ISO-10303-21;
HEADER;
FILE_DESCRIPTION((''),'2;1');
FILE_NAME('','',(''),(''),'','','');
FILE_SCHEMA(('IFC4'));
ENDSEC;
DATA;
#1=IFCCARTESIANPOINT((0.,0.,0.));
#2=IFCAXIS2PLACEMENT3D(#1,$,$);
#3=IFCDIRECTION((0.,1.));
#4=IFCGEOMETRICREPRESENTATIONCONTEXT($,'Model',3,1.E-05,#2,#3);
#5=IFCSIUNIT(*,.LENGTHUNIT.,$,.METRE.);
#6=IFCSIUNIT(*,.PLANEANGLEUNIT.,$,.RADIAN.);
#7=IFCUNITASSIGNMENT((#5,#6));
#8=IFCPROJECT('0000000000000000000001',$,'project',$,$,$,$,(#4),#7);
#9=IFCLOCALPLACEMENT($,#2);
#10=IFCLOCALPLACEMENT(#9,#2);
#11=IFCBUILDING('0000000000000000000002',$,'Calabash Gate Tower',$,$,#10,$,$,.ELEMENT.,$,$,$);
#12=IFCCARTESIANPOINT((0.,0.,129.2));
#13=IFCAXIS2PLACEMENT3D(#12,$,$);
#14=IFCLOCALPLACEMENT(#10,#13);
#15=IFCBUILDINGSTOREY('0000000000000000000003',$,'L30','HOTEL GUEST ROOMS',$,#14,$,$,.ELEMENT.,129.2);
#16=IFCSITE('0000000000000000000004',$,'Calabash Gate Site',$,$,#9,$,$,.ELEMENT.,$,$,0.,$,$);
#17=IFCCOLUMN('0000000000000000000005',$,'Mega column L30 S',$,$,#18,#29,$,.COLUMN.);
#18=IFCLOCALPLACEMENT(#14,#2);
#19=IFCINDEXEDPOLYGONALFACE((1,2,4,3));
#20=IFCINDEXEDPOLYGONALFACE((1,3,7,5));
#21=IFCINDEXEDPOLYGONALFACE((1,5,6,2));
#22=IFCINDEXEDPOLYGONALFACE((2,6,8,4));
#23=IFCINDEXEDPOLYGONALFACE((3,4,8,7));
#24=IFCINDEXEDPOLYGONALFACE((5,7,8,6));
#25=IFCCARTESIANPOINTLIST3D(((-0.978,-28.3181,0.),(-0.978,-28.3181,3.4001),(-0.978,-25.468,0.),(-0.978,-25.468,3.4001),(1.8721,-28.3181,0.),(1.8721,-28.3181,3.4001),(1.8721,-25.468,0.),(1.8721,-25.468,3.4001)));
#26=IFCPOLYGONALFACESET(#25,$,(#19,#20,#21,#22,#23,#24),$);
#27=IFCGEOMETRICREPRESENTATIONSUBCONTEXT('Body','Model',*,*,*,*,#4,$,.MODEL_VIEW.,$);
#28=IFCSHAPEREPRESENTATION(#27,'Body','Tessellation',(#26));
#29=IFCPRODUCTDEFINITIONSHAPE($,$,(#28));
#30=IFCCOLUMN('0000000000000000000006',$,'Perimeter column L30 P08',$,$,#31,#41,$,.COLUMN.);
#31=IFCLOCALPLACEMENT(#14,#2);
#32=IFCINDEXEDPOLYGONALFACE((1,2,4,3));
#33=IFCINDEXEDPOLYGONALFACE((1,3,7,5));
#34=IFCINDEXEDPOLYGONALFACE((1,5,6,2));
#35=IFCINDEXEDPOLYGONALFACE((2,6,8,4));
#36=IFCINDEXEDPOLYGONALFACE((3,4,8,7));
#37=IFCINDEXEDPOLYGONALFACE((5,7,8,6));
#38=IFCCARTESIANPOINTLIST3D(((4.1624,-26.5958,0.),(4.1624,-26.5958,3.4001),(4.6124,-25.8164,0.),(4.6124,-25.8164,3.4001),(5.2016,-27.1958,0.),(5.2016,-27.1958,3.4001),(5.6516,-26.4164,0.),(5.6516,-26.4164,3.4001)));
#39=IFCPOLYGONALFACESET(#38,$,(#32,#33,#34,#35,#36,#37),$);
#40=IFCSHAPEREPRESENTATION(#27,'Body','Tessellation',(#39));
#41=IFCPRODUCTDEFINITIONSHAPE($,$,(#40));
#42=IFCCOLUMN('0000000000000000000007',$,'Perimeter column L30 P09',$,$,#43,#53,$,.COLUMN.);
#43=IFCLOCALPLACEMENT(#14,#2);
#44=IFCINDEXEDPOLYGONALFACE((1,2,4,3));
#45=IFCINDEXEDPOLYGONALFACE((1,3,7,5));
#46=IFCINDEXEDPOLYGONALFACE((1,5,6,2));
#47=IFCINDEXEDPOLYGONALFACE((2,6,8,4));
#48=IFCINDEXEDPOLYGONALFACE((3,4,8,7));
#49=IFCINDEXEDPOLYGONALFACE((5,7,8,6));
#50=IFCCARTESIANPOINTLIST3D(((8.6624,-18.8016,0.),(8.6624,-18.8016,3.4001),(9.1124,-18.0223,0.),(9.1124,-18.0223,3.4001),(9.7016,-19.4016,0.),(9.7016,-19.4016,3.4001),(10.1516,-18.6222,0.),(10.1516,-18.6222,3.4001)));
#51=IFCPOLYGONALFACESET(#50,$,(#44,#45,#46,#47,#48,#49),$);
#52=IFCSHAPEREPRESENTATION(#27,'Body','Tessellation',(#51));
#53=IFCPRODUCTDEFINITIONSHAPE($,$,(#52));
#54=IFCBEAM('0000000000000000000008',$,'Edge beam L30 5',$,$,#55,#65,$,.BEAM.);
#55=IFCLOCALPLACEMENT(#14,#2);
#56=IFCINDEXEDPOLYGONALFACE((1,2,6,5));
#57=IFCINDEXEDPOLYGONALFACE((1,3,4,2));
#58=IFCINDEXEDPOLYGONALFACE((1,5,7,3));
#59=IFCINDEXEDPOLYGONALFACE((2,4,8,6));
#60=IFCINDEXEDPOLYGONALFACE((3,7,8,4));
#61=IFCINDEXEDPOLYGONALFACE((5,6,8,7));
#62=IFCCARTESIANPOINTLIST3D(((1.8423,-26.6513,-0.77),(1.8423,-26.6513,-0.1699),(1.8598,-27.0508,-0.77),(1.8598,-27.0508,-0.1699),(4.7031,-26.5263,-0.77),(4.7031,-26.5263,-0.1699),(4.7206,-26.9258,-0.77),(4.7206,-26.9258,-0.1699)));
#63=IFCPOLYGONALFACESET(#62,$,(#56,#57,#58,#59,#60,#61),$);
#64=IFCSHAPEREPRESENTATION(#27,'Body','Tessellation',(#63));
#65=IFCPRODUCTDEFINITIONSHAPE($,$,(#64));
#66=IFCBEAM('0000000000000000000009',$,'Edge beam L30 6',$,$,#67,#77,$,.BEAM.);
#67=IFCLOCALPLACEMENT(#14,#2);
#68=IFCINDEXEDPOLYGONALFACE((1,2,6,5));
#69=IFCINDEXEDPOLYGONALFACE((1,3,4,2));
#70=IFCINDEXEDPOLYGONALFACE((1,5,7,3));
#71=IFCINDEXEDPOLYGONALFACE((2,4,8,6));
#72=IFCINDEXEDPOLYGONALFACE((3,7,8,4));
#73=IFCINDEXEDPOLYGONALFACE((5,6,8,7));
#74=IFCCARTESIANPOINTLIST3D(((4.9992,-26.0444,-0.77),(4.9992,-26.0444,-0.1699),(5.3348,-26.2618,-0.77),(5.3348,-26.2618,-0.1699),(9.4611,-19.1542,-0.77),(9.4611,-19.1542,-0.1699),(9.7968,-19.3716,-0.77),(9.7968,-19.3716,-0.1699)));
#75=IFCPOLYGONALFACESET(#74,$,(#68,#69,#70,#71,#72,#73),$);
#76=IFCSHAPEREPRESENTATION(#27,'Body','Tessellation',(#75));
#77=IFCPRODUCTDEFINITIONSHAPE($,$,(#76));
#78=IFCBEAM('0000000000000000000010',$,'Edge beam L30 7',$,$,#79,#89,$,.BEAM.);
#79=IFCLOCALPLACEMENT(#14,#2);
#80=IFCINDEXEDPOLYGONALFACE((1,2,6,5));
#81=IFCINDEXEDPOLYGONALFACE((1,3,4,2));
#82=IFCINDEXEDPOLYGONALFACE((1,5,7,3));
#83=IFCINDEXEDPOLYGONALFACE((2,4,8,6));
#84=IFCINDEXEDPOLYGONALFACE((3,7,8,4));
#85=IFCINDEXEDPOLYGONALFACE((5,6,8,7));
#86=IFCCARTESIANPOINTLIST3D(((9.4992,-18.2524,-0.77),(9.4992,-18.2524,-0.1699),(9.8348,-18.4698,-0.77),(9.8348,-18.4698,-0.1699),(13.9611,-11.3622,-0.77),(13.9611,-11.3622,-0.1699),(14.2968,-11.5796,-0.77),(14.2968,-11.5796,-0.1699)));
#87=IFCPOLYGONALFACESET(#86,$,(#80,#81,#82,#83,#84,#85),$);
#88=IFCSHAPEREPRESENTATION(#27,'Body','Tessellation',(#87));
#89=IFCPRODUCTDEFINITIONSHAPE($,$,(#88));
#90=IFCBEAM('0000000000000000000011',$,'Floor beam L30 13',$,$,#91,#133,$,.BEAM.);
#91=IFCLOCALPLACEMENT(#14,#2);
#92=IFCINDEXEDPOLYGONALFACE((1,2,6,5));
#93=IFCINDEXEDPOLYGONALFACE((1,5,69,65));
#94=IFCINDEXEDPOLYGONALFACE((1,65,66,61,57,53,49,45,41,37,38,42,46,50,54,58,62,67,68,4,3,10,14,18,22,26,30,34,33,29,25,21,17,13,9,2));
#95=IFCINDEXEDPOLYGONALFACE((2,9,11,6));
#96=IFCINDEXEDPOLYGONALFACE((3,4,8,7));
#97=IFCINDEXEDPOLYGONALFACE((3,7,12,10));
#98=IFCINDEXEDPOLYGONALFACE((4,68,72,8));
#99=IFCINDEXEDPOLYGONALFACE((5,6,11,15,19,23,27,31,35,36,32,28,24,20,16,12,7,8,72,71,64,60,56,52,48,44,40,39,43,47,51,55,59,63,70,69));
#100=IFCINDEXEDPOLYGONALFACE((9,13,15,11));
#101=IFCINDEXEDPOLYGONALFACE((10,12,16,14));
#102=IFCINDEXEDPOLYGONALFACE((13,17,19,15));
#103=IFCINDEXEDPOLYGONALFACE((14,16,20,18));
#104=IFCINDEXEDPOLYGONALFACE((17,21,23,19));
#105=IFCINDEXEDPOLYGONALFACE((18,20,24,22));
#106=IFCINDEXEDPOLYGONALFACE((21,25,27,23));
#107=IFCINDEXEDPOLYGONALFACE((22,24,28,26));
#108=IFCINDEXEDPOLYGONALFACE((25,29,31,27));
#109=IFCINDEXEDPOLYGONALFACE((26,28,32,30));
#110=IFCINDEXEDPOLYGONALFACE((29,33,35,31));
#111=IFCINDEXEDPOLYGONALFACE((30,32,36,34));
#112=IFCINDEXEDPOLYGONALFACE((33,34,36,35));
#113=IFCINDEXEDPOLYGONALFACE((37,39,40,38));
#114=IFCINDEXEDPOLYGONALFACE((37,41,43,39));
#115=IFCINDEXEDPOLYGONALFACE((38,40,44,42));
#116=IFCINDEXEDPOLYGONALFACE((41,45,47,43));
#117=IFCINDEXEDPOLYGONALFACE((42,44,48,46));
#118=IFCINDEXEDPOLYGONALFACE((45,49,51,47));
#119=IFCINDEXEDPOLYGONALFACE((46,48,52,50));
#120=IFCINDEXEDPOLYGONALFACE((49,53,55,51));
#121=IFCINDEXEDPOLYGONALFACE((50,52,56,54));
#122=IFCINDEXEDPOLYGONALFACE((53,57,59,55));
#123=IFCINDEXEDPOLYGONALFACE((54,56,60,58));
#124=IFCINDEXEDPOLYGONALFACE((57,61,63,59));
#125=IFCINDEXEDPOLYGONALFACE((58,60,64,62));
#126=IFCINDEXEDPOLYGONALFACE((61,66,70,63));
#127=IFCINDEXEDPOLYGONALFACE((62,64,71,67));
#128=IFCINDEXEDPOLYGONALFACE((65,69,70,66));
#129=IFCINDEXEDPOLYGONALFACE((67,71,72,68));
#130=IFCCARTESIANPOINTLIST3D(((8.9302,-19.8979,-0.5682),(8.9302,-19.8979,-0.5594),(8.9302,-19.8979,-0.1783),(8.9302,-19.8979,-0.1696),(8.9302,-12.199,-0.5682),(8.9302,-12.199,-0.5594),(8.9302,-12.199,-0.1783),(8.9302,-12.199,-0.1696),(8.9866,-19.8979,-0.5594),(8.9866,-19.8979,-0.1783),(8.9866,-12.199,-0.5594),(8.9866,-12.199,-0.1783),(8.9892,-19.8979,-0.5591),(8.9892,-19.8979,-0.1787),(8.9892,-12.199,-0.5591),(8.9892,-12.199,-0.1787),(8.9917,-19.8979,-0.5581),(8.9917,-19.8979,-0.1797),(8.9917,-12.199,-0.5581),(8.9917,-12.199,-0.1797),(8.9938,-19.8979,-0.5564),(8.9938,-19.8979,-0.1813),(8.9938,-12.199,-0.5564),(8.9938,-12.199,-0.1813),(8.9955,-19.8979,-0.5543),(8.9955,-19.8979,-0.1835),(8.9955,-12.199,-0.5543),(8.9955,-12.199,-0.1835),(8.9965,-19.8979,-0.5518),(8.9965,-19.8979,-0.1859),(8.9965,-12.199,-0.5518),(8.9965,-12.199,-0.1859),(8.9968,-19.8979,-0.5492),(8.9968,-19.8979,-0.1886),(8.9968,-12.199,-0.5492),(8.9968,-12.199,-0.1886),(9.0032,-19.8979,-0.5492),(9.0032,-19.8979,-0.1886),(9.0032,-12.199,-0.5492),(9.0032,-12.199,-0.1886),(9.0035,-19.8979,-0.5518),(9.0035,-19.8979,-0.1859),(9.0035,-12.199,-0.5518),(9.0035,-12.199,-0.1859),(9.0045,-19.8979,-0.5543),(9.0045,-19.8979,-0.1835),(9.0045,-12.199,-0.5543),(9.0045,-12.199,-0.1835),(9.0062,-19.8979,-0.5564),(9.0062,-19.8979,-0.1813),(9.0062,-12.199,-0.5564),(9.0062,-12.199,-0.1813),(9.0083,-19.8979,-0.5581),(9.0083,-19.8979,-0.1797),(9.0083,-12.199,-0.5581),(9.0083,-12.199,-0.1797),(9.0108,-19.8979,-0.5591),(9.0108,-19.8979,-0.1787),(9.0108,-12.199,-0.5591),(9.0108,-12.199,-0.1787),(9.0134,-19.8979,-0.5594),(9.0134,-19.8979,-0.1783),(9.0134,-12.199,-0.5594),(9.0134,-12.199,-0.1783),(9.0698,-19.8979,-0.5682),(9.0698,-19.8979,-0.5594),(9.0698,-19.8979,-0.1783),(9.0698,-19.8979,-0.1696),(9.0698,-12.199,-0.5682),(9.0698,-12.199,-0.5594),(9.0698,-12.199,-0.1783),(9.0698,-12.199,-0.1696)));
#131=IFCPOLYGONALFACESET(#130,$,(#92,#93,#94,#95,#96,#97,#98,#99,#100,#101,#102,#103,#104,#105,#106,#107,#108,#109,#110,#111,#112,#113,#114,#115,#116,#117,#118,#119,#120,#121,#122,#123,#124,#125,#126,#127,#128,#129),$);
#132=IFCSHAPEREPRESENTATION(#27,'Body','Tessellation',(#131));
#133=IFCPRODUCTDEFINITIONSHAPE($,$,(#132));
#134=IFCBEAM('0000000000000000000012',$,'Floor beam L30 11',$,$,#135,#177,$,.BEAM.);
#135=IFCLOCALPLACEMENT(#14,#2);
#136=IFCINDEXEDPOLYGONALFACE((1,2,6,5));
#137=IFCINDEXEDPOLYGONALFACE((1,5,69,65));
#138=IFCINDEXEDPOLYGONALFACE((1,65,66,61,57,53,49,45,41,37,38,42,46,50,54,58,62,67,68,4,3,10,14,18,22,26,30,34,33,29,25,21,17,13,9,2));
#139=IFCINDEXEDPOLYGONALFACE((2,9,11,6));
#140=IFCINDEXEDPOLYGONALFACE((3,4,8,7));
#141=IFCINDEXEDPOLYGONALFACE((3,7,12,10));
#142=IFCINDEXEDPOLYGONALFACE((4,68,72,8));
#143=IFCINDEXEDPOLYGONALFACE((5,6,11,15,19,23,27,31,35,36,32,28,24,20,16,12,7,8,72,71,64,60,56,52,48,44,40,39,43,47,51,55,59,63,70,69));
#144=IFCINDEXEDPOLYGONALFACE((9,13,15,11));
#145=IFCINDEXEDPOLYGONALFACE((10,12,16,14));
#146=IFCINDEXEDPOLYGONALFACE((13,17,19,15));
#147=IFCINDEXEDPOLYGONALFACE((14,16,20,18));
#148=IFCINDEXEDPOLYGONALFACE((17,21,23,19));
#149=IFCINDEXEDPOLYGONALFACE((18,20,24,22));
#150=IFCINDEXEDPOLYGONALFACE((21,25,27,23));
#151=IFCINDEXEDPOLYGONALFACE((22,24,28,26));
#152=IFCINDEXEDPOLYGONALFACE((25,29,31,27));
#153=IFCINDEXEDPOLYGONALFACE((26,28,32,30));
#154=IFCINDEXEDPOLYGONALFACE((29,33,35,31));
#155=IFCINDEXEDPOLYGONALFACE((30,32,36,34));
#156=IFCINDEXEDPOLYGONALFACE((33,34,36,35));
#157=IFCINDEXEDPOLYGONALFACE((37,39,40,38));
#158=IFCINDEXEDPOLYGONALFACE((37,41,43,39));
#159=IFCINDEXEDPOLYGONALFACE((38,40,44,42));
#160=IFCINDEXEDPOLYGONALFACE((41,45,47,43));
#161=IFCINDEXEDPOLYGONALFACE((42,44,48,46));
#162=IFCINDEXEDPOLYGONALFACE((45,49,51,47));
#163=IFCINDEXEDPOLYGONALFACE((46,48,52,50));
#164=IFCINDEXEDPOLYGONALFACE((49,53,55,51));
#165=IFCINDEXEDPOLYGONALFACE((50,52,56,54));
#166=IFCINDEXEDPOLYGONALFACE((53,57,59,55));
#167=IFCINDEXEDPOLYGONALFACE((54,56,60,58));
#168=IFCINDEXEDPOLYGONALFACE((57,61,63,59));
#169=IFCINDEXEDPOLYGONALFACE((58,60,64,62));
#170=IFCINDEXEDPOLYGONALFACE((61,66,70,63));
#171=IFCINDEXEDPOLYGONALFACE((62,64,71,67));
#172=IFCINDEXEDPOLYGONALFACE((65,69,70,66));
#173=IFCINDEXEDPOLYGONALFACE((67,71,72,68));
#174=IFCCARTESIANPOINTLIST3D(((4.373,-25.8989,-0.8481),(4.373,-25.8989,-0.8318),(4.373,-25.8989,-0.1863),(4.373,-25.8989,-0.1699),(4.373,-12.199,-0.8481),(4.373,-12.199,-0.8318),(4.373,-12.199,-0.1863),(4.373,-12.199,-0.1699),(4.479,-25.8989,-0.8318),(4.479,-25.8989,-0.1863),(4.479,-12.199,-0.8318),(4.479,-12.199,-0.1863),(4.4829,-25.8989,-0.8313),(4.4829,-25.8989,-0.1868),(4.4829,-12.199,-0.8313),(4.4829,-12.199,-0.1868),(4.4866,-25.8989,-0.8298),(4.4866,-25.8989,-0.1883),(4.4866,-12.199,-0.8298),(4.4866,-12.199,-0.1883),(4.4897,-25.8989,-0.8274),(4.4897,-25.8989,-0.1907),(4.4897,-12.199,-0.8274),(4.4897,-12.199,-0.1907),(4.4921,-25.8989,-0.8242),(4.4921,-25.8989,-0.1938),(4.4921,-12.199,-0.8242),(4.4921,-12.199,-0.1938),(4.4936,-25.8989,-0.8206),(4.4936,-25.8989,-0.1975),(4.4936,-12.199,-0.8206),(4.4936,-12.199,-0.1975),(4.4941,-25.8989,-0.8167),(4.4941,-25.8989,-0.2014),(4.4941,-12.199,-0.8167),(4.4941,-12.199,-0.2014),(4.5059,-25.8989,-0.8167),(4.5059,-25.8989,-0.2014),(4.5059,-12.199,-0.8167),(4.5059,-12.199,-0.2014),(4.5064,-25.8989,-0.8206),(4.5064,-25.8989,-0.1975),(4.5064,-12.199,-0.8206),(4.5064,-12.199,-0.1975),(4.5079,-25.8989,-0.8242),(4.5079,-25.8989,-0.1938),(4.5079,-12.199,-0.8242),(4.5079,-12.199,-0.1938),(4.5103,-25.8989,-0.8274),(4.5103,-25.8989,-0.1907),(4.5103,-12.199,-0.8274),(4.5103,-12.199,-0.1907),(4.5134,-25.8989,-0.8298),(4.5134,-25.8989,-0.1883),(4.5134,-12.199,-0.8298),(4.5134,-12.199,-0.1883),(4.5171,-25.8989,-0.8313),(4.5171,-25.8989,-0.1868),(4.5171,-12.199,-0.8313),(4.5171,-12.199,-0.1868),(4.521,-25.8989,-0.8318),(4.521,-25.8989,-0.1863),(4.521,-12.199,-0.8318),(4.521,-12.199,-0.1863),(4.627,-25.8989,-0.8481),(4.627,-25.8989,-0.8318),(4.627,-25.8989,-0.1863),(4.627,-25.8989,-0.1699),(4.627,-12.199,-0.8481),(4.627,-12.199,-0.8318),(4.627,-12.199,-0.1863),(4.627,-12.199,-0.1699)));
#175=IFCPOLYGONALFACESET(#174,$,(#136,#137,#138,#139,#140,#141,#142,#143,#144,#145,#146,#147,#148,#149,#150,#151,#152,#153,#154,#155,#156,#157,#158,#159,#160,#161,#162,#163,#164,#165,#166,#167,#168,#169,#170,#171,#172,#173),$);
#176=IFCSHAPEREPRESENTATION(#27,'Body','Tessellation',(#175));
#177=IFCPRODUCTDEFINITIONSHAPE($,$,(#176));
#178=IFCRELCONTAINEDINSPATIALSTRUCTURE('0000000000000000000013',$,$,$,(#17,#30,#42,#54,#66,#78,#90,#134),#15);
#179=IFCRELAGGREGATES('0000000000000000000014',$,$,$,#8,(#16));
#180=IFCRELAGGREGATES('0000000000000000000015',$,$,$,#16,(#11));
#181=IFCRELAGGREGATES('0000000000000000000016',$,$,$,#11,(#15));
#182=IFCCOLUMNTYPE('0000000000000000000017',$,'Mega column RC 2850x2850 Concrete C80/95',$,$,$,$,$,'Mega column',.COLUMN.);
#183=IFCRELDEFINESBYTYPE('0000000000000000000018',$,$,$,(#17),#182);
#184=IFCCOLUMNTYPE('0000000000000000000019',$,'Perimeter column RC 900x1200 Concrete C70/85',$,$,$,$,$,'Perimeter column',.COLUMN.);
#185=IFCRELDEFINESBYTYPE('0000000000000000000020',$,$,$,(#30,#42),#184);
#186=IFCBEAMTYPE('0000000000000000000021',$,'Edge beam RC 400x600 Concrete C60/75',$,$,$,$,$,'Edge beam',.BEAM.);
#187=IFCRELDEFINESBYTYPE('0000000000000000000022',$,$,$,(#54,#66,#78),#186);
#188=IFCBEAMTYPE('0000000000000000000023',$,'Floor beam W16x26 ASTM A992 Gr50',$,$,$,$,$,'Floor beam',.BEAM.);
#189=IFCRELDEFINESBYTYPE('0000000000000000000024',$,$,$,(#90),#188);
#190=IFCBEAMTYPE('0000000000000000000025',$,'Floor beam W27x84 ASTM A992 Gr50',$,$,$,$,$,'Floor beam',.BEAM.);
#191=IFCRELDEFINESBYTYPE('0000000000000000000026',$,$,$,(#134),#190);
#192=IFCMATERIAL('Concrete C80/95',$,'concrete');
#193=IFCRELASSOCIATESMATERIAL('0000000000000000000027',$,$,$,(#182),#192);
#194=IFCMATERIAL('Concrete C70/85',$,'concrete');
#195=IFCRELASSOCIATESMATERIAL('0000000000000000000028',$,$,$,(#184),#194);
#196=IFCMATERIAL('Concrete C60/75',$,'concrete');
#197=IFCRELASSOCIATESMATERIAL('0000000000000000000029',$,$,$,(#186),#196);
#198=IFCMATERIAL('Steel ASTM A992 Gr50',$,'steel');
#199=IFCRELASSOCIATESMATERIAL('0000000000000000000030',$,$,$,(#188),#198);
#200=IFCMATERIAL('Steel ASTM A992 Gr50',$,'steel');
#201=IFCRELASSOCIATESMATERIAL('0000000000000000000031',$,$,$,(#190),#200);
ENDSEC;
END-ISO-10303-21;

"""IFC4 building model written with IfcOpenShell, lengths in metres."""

from ifc_helpers import new_model, si_unit, direction, frame, origin, origin_2d, place, context, subcontext, project, spatial, rectangle, i_section, extrude, material, material_profile, profile_set, type_object, element, save


model = new_model("IFC4")

# Units and contexts
model_context = context("Model", 3, precision=1e-05, world=origin(), true_north=direction((0.0, 1.0)))
body_context = subcontext(model_context, "Body", "Model", "MODEL_VIEW")
ifc_project = project(units=[si_unit("LENGTHUNIT", "METRE"), si_unit("PLANEANGLEUNIT", "RADIAN")], contexts=[model_context])

# Site, building, storey
site_placement = place(None, origin())
site = spatial("IfcSite", under=ifc_project, at=site_placement, Name="Calabash Gate Site", CompositionType="ELEMENT", RefElevation=0.0)
building_placement = place(site_placement, origin())
building = spatial("IfcBuilding", under=site, at=building_placement, Name="Calabash Gate Tower", CompositionType="ELEMENT")
storey_placement = place(building_placement, frame((0.0, 0.0, 129.2)))
storey = spatial("IfcBuildingStorey", under=building, at=storey_placement, Name="L30", Description="HOTEL GUEST ROOMS", CompositionType="ELEMENT", Elevation=129.2)

# Columns
ifc_material_1 = material(Name="Concrete C80/95", Category="concrete")
ifc_material_profile_1 = material_profile(ifc_material_1, rectangle(XDim=2.8501, YDim=2.8501, at=origin_2d()))
ifc_profile_set_1 = profile_set([ifc_material_profile_1], Name="Concrete C80/95")
column_type_1 = type_object("IfcColumnType", Name="Mega column RC 2850x2850 Concrete C80/95", ElementType="Mega column", PredefinedType="COLUMN", material=ifc_profile_set_1)
column_placement = place(storey_placement, frame((0.447, -26.8931, 0.0), z_axis=(0.0, 0.0, 1.0), x_axis=(0.0, 1.0, 0.0)))
element("IfcColumn", 1, at=column_placement, inside=storey, type_object=column_type_1, Name="Mega column L30 S", PredefinedType="COLUMN", context=body_context, shape_type="SweptSolid", body=[
    extrude(rectangle(XDim=2.8501, YDim=2.8501, at=origin_2d()), origin(), (0.0, 0.0, 1.0), 3.4001),
])
ifc_material_2 = material(Name="Concrete C70/85", Category="concrete")
ifc_material_profile_2 = material_profile(ifc_material_2, rectangle(XDim=0.8999, YDim=1.2, at=origin_2d()))
ifc_profile_set_2 = profile_set([ifc_material_profile_2], Name="Concrete C70/85")
column_type_2 = type_object("IfcColumnType", Name="Perimeter column RC 900x1200 Concrete C70/85", ElementType="Perimeter column", PredefinedType="COLUMN", material=ifc_profile_set_2)
for number, where, z_axis, x_axis, name in (
    (2, (4.907, -26.5061, 0.0), (0.0, 0.0, 1.0), (0.5, 0.866025, 0.0), "Perimeter column L30 P08"),
    (3, (9.407, -18.7119, 0.0), (0.0, 0.0, 1.0), (0.5, 0.866025, 0.0), "Perimeter column L30 P09"),
):
    element("IfcColumn", number, at=place(storey_placement, frame(where, z_axis=z_axis, x_axis=x_axis)), inside=storey, type_object=column_type_2, Name=name, PredefinedType="COLUMN", context=body_context, shape_type="SweptSolid", body=[
        extrude(rectangle(XDim=0.8999, YDim=1.2, at=origin_2d()), origin(), (0.0, 0.0, 1.0), 3.4001),
    ])

# Beams
ifc_material_3 = material(Name="Concrete C60/75", Category="concrete")
ifc_material_profile_3 = material_profile(ifc_material_3, rectangle(XDim=0.3999, YDim=0.6001, at=origin_2d()))
ifc_profile_set_3 = profile_set([ifc_material_profile_3], Name="Concrete C60/75")
beam_type_1 = type_object("IfcBeamType", Name="Edge beam RC 400x600 Concrete C60/75", ElementType="Edge beam", PredefinedType="BEAM", material=ifc_profile_set_3)
beam_1_placement = place(storey_placement, frame((1.8511, -26.8511, -0.47), z_axis=(0.999047, 0.043652, 0.0), x_axis=(-0.043652, 0.999047, 0.0)))
element("IfcBeam", 4, at=beam_1_placement, inside=storey, type_object=beam_type_1, Name="Edge beam L30 5", PredefinedType="BEAM", context=body_context, shape_type="SweptSolid", body=[
    extrude(rectangle(XDim=0.3999, YDim=0.6001, at=origin_2d()), origin(), (0.0, 0.0, 1.0), 2.8635),
])
for number, where, z_axis, x_axis, name in (
    (5, (5.167, -26.1531, -0.47), (0.54356, 0.839371, 0.0), (-0.839371, 0.54356, 0.0), "Edge beam L30 6"),
    (6, (9.667, -18.3611, -0.47), (0.54356, 0.839371, 0.0), (-0.839371, 0.54356, 0.0), "Edge beam L30 7"),
):
    element("IfcBeam", number, at=place(storey_placement, frame(where, z_axis=z_axis, x_axis=x_axis)), inside=storey, type_object=beam_type_1, Name=name, PredefinedType="BEAM", context=body_context, shape_type="SweptSolid", body=[
        extrude(rectangle(XDim=0.3999, YDim=0.6001, at=origin_2d()), origin(), (0.0, 0.0, 1.0), 8.2087),
    ])
ifc_material_4 = material(Name="Steel ASTM A992 Gr50", Category="steel")
ifc_material_profile_4 = material_profile(ifc_material_4, i_section(OverallWidth=0.1396, OverallDepth=0.3987, WebThickness=0.0063, FlangeThickness=0.0088, FilletRadius=0.0103, at=origin_2d()))
ifc_profile_set_4 = profile_set([ifc_material_profile_4], Name="Steel ASTM A992 Gr50")
beam_type_2 = type_object("IfcBeamType", Name="Floor beam W16x26 ASTM A992 Gr50", ElementType="Floor beam", PredefinedType="BEAM", material=ifc_profile_set_4)
beam_2_placement = place(storey_placement, frame((9.0, -19.8979, -0.3689), z_axis=(0.0, 1.0, 0.0), x_axis=(-1.0, 0.0, 0.0)))
element("IfcBeam", 7, at=beam_2_placement, inside=storey, type_object=beam_type_2, Name="Floor beam L30 13", PredefinedType="BEAM", context=body_context, shape_type="SweptSolid", body=[
    extrude(i_section(OverallWidth=0.1396, OverallDepth=0.3987, WebThickness=0.0063, FlangeThickness=0.0088, FilletRadius=0.0103, at=origin_2d()), origin(), (0.0, 0.0, 1.0), 7.699),
])
ifc_material_5 = material(Name="Steel ASTM A992 Gr50", Category="steel")
ifc_material_profile_5 = material_profile(ifc_material_5, i_section(OverallWidth=0.2539, OverallDepth=0.6782, WebThickness=0.0117, FlangeThickness=0.0164, FilletRadius=0.0151, at=origin_2d()))
ifc_profile_set_5 = profile_set([ifc_material_profile_5], Name="Steel ASTM A992 Gr50")
beam_type_3 = type_object("IfcBeamType", Name="Floor beam W27x84 ASTM A992 Gr50", ElementType="Floor beam", PredefinedType="BEAM", material=ifc_profile_set_5)
beam_3_placement = place(storey_placement, frame((4.5, -25.8989, -0.509), z_axis=(0.0, 1.0, 0.0), x_axis=(-1.0, 0.0, 0.0)))
element("IfcBeam", 8, at=beam_3_placement, inside=storey, type_object=beam_type_3, Name="Floor beam L30 11", PredefinedType="BEAM", context=body_context, shape_type="SweptSolid", body=[
    extrude(i_section(OverallWidth=0.2539, OverallDepth=0.6782, WebThickness=0.0117, FlangeThickness=0.0164, FilletRadius=0.0151, at=origin_2d()), origin(), (0.0, 0.0, 1.0), 13.7),
])

save(model, "model.ifc")
